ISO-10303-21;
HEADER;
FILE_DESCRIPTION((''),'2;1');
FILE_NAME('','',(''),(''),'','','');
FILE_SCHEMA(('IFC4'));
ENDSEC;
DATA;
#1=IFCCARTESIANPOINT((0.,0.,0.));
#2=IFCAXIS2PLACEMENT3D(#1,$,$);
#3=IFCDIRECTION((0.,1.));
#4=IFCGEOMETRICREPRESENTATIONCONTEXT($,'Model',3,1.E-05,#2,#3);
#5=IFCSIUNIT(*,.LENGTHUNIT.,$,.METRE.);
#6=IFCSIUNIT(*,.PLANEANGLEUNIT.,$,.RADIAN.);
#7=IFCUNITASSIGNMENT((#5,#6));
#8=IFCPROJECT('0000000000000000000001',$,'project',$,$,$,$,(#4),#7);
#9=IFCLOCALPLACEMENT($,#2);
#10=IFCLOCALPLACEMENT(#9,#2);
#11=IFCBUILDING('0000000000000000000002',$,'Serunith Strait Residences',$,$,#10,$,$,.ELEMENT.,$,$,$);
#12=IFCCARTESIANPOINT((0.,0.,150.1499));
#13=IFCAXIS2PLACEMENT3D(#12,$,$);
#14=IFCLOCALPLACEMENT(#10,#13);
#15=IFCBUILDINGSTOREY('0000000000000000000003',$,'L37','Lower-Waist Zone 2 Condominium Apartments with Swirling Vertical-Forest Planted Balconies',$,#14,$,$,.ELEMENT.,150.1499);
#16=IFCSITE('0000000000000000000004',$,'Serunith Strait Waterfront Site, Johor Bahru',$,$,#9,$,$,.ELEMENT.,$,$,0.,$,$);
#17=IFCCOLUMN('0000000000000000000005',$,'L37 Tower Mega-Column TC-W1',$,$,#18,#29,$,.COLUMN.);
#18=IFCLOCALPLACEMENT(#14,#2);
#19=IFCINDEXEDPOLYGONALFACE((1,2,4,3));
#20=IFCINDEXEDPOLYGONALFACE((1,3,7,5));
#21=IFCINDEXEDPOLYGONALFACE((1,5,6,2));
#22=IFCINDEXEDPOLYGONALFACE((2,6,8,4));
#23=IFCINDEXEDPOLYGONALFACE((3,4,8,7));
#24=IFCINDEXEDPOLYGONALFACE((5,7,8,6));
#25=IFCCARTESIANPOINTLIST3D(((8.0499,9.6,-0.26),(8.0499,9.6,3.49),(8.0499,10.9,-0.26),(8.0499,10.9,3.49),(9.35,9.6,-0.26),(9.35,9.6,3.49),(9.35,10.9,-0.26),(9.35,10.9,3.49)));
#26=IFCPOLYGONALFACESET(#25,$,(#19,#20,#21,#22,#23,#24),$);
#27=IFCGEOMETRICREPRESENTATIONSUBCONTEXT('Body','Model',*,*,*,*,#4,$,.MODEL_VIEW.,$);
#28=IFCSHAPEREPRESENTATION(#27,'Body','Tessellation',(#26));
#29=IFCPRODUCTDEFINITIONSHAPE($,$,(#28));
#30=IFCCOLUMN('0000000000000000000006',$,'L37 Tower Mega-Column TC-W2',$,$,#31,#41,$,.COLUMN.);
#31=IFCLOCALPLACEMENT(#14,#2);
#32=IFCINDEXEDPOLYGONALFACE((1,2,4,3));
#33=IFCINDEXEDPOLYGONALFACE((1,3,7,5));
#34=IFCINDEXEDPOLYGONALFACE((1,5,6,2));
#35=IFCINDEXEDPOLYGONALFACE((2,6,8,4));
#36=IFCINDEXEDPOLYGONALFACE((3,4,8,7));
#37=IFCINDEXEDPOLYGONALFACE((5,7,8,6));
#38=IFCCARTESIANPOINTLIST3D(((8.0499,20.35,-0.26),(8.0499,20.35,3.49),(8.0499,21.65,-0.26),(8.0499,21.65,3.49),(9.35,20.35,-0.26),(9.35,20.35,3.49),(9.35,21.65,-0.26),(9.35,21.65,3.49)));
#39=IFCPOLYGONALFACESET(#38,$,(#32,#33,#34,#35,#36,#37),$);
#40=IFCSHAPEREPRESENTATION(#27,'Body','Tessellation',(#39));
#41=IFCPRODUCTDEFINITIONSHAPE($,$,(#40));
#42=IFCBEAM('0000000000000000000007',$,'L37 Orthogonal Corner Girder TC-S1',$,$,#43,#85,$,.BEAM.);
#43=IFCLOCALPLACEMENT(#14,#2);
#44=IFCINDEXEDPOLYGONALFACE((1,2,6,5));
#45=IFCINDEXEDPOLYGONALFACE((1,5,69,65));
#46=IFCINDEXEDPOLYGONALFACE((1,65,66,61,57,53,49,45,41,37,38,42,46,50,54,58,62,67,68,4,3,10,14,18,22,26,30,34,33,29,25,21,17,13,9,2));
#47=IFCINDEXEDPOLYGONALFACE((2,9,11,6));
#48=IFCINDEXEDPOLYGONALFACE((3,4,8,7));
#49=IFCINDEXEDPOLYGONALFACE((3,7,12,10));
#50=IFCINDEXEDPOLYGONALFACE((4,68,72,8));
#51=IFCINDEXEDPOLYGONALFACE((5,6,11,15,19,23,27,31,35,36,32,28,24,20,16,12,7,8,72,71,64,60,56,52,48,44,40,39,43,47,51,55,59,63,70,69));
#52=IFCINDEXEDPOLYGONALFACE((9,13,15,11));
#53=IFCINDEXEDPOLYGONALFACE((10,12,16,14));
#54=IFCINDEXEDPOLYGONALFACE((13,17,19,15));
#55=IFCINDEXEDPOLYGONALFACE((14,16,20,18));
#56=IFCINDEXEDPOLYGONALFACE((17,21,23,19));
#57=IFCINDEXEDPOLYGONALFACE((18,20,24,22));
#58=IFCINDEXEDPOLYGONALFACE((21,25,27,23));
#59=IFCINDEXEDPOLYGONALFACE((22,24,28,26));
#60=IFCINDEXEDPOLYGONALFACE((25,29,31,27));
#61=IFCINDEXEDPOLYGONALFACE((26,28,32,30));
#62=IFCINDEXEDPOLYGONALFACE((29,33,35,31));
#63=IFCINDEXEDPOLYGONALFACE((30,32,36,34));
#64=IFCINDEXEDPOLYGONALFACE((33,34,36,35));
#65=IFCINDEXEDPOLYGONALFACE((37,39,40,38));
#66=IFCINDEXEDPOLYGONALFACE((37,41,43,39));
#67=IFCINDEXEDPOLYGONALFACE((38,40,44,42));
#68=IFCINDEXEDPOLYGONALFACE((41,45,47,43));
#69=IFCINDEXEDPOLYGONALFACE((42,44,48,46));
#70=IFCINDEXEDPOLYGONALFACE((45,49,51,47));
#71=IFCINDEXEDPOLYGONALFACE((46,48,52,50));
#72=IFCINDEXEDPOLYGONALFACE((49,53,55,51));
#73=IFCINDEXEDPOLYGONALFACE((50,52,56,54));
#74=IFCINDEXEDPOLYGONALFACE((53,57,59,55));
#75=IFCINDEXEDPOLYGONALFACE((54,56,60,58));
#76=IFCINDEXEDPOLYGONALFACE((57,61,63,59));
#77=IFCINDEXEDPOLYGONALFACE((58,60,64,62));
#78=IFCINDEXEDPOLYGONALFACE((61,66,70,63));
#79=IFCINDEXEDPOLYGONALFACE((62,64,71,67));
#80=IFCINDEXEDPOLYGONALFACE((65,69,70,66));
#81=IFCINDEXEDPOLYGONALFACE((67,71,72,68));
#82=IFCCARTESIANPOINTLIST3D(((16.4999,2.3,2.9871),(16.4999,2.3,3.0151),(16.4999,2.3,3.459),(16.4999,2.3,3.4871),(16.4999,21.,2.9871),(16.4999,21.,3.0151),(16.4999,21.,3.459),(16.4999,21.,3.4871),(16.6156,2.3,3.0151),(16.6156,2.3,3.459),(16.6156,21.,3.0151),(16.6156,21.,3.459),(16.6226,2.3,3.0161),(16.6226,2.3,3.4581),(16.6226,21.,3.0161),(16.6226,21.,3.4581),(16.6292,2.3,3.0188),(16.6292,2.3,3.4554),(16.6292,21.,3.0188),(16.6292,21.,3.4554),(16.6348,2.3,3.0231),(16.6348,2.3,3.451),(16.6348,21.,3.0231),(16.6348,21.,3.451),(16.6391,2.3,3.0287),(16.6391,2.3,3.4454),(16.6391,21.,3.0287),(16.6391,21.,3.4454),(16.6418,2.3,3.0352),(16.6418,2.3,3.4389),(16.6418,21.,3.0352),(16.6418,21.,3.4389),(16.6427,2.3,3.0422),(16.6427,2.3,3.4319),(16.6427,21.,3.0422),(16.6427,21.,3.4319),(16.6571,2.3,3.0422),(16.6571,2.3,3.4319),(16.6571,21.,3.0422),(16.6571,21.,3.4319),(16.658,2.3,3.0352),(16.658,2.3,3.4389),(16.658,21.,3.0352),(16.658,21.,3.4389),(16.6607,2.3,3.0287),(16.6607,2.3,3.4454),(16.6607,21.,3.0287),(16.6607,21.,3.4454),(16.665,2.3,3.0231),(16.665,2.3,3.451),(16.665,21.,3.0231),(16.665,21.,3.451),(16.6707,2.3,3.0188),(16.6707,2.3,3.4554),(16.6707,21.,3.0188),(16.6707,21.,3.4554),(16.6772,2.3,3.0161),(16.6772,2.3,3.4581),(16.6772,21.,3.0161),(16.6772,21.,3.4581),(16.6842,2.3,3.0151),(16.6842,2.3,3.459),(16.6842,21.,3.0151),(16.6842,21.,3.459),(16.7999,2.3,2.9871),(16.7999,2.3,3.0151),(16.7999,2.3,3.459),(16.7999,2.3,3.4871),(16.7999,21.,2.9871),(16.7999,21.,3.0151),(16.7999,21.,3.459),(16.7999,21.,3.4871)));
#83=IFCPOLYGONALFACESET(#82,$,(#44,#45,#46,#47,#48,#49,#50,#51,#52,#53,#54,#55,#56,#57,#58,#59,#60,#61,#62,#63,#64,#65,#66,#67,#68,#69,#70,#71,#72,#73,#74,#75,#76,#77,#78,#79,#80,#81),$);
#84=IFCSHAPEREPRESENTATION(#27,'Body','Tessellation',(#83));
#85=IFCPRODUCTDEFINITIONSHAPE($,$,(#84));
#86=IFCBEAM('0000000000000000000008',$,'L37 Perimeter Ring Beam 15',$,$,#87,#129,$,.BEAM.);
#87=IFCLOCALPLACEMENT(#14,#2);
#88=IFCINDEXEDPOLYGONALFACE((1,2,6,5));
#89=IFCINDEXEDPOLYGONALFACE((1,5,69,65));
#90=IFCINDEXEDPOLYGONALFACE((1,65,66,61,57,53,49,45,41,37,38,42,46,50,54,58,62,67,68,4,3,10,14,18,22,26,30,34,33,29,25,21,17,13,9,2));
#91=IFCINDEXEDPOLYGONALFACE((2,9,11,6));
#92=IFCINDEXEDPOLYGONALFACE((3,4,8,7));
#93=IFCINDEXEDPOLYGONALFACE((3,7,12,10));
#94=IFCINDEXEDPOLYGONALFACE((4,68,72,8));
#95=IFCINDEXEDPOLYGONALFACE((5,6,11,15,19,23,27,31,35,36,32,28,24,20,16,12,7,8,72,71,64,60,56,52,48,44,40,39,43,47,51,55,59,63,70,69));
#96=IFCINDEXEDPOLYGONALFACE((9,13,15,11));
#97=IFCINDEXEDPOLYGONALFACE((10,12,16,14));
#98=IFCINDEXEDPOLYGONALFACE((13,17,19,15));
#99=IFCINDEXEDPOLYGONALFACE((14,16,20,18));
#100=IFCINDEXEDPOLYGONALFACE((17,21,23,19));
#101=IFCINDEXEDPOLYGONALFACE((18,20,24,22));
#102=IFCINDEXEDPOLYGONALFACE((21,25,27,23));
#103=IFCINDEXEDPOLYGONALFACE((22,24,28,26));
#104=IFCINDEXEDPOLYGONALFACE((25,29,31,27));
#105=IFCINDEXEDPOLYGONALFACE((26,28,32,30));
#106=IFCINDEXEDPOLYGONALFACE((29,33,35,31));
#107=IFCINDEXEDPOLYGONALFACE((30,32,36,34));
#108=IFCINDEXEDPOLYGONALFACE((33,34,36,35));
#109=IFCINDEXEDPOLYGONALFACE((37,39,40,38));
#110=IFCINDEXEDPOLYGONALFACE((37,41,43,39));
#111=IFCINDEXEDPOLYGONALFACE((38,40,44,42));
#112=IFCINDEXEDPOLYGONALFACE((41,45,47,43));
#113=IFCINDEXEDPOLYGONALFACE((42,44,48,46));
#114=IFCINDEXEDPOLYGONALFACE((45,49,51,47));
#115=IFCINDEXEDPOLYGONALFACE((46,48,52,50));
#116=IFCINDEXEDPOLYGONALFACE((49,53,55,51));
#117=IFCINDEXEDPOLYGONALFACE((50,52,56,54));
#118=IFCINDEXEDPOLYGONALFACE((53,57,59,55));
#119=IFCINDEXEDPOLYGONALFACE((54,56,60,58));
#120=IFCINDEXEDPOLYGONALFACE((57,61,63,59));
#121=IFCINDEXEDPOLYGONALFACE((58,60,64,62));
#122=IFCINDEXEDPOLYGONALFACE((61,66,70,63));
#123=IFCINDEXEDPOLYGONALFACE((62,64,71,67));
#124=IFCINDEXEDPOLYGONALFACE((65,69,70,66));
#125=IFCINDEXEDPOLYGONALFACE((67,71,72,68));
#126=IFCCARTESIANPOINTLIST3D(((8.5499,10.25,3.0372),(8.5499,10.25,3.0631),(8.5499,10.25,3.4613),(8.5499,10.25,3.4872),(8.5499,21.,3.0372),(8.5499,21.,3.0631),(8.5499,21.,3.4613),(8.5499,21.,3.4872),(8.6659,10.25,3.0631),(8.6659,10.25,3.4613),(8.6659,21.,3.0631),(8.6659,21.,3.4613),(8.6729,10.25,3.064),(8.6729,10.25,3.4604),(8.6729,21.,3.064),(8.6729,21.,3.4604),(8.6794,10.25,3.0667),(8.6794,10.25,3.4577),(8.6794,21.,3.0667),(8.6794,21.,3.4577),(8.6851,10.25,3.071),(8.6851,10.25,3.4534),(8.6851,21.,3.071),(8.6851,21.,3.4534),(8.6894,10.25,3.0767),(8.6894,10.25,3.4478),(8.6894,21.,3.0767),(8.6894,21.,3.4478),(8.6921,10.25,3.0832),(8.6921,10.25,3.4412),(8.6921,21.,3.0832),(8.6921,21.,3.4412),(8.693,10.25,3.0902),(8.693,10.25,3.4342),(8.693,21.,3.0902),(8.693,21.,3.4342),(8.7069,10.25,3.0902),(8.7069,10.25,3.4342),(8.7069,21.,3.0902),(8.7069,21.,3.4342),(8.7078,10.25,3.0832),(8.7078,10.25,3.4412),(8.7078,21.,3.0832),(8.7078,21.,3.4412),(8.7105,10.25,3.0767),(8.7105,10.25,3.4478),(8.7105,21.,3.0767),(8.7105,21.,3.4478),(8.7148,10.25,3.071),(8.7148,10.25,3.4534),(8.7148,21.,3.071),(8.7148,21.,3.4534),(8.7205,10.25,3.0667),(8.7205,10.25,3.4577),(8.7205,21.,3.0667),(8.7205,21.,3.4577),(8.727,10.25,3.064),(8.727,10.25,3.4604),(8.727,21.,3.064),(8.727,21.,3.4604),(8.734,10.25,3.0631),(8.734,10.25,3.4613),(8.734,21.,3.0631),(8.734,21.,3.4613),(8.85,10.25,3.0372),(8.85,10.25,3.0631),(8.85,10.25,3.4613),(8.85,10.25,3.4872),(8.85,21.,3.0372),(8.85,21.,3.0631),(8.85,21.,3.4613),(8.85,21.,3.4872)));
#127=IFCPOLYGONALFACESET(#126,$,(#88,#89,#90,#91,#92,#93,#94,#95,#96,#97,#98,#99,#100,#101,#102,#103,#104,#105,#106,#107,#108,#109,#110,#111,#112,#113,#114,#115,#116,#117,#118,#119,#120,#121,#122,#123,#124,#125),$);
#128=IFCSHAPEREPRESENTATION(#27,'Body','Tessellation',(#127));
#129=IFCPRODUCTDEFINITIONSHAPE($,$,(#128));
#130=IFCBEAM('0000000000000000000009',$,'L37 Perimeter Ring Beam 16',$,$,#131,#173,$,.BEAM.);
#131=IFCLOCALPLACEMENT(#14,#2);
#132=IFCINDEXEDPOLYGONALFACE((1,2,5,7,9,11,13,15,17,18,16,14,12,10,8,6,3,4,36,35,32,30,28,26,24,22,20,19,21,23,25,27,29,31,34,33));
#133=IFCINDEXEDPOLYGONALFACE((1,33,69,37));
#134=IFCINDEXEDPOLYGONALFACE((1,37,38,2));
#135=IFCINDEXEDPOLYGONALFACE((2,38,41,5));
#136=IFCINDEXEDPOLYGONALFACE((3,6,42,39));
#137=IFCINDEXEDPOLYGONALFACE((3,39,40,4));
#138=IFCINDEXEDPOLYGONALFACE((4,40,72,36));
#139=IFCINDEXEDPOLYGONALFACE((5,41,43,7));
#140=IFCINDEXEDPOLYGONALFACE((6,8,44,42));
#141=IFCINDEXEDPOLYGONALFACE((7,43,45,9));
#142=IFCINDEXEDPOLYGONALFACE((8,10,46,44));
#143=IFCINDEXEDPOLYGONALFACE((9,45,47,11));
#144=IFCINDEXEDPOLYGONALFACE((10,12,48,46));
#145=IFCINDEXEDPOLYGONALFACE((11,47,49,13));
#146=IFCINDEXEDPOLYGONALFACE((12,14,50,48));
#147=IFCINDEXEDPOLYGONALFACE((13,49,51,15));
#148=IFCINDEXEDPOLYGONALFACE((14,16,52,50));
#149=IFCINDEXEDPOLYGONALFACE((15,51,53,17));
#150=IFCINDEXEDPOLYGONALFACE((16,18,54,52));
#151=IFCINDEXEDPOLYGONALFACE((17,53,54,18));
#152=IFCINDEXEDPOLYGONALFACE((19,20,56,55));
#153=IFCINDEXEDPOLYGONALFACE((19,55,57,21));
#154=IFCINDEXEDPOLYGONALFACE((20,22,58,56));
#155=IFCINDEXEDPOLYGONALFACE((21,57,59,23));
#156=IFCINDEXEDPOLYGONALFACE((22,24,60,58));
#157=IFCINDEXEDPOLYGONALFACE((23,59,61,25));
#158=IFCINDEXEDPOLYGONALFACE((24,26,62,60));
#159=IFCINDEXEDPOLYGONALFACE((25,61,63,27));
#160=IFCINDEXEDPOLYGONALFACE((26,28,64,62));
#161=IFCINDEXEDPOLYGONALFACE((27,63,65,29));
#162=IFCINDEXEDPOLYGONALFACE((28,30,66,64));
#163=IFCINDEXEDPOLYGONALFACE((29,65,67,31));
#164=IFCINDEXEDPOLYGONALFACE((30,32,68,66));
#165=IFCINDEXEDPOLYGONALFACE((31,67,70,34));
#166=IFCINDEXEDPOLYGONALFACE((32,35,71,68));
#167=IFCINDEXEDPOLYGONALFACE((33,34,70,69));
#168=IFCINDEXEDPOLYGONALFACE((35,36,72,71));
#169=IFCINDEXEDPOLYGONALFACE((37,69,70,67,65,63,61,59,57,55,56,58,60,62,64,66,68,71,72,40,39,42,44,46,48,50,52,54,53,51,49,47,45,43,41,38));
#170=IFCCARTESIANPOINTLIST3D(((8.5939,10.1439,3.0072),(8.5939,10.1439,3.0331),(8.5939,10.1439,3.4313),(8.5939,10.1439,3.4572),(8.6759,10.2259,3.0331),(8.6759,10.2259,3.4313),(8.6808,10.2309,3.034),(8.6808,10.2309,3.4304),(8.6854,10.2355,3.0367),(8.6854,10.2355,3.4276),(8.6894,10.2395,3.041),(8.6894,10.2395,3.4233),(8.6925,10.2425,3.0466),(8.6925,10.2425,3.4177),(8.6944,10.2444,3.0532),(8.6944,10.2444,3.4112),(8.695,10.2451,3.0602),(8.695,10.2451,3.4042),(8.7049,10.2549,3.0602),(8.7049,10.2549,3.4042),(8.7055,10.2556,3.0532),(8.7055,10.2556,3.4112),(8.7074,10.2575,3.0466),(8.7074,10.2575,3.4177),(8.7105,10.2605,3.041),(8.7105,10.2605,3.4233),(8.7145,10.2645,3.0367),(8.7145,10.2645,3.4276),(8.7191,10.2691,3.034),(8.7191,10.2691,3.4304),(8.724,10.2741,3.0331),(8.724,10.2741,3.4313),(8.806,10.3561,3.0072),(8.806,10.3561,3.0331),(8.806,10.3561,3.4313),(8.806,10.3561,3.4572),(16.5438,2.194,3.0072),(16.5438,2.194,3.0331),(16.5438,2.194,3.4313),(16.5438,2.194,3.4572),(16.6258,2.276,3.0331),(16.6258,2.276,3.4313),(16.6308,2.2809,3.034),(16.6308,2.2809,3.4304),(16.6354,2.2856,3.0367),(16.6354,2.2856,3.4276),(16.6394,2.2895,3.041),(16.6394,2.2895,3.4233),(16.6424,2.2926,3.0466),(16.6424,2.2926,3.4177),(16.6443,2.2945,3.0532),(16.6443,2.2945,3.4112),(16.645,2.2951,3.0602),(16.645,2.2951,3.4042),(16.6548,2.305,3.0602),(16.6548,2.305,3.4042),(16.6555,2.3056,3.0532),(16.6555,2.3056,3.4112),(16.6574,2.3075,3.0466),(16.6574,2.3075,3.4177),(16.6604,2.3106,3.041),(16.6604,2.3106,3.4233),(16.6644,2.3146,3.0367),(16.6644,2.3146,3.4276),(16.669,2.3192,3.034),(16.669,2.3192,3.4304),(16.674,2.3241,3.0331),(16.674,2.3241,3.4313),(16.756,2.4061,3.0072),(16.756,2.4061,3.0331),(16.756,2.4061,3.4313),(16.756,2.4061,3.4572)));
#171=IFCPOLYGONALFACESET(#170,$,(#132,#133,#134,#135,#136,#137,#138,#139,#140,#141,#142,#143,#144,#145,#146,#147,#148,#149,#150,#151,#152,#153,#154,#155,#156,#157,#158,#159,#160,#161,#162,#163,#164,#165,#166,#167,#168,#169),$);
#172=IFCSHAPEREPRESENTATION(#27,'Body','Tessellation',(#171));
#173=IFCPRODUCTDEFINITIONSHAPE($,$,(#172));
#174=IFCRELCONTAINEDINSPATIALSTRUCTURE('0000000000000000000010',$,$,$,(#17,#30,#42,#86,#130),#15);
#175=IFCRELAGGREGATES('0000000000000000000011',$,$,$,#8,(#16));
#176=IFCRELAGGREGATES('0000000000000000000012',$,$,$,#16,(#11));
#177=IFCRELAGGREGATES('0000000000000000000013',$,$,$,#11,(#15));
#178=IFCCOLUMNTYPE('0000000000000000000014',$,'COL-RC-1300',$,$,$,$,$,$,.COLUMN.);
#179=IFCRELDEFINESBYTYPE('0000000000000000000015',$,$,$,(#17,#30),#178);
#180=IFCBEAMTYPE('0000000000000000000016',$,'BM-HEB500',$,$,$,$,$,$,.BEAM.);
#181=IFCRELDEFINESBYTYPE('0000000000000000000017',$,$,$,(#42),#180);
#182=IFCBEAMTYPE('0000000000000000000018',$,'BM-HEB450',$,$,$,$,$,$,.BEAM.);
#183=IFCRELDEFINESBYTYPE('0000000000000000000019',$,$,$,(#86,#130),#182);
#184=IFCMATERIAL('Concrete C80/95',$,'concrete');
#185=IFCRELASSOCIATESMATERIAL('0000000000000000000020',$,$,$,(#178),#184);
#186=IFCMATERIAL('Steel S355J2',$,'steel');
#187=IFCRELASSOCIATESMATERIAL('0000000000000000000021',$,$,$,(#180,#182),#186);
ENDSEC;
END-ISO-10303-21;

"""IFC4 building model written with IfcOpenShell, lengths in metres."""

from ifc_helpers import new_model, si_unit, direction, frame, origin, origin_2d, place, context, subcontext, project, spatial, rectangle, i_section, extrude, source, transform, mapped, material, material_profile, profile_set, type_object, element, save


model = new_model("IFC4")

# Units and contexts
model_context = context("Model", 3, precision=1e-05, world=origin(), true_north=direction((0.0, 1.0)))
body_context = subcontext(model_context, "Body", "Model", "MODEL_VIEW")
ifc_project = project(units=[si_unit("LENGTHUNIT", "METRE"), si_unit("PLANEANGLEUNIT", "RADIAN")], contexts=[model_context])

# Site, building, storey
site_placement = place(None, origin())
site = spatial("IfcSite", under=ifc_project, at=site_placement, Name="Serunith Strait Waterfront Site, Johor Bahru", CompositionType="ELEMENT", RefElevation=0.0)
building_placement = place(site_placement, origin())
building = spatial("IfcBuilding", under=site, at=building_placement, Name="Serunith Strait Residences", CompositionType="ELEMENT")
storey_placement = place(building_placement, frame((0.0, 0.0, 150.1499)))
storey = spatial("IfcBuildingStorey", under=building, at=storey_placement, Name="L37", Description="Lower-Waist Zone 2 Condominium Apartments with Swirling Vertical-Forest Planted Balconies", CompositionType="ELEMENT", Elevation=150.1499)

# Columns
ifc_material_1 = material(Name="Concrete C80/95", Category="concrete")
ifc_material_profile_1 = material_profile(ifc_material_1, rectangle(XDim=1.3, YDim=1.3, at=origin_2d()), Name="RC 1300x1300")
ifc_profile_set_1 = profile_set([ifc_material_profile_1], Name="Concrete C80/95")
column_type = type_object("IfcColumnType", Name="COL-RC-1300", PredefinedType="COLUMN", material=ifc_profile_set_1)
shared_shape_1 = source(origin(), body_context, "Body", "SweptSolid", [
    extrude(rectangle(XDim=1.3, YDim=1.3, at=origin_2d()), origin(), (0.0, 0.0, 1.0), 3.75),
])
for number, where, z_axis, x_axis, name in (
    (1, (8.7, 10.25, -0.26), (0.0, 0.0, 1.0), (1.0, 0.0, 0.0), "L37 Tower Mega-Column TC-W1"),
    (2, (8.7, 21.0, -0.26), (0.0, 0.0, 1.0), (1.0, 0.0, 0.0), "L37 Tower Mega-Column TC-W2"),
):
    element("IfcColumn", number, at=place(storey_placement, frame(where, z_axis=z_axis, x_axis=x_axis)), inside=storey, type_object=column_type, Name=name, PredefinedType="COLUMN", context=body_context, shape_type="MappedRepresentation", body=[
        mapped(shared_shape_1, transform((0.0, 0.0, 0.0), scale=1.0)),
    ])

# Beams
ifc_material_2 = material(Name="Steel S355J2", Category="steel")
ifc_material_profile_2 = material_profile(ifc_material_2, i_section(OverallWidth=0.3, OverallDepth=0.5, WebThickness=0.0144, FlangeThickness=0.0281, FilletRadius=0.0271, at=origin_2d()), Name="HEB 500")
ifc_profile_set_2 = profile_set([ifc_material_profile_2], Name="Steel S355J2")
beam_type_1 = type_object("IfcBeamType", Name="BM-HEB500", PredefinedType="BEAM", material=ifc_profile_set_2)
shared_shape_2 = source(origin(), body_context, "Body", "SweptSolid", [
    extrude(i_section(OverallWidth=0.3, OverallDepth=0.5, WebThickness=0.0144, FlangeThickness=0.0281, FilletRadius=0.0271, at=origin_2d()), origin(), (0.0, 0.0, 1.0), 18.7),
])
beam_1_placement = place(storey_placement, frame((16.6499, 21.0, 3.2371), z_axis=(0.0, -1.0, 0.0), x_axis=(1.0, 0.0, 0.0)))
element("IfcBeam", 3, at=beam_1_placement, inside=storey, type_object=beam_type_1, Name="L37 Orthogonal Corner Girder TC-S1", PredefinedType="BEAM", context=body_context, shape_type="MappedRepresentation", body=[
    mapped(shared_shape_2, transform((0.0, 0.0, 0.0), scale=1.0)),
])
ifc_material_profile_3 = material_profile(ifc_material_2, i_section(OverallWidth=0.3, OverallDepth=0.45, WebThickness=0.0139, FlangeThickness=0.0259, FilletRadius=0.0271, at=origin_2d()), Name="HEB 450")
ifc_profile_set_3 = profile_set([ifc_material_profile_3], Name="Steel S355J2")
beam_type_2 = type_object("IfcBeamType", Name="BM-HEB450", PredefinedType="BEAM", material=ifc_profile_set_3)
shared_shape_3 = source(origin(), body_context, "Body", "SweptSolid", [
    extrude(i_section(OverallWidth=0.3, OverallDepth=0.45, WebThickness=0.0139, FlangeThickness=0.0259, FilletRadius=0.0271, at=origin_2d()), origin(), (0.0, 0.0, 1.0), 10.75),
])
beam_2_placement = place(storey_placement, frame((8.7, 21.0, 3.2622), z_axis=(0.0, -1.0, 0.0), x_axis=(1.0, 0.0, 0.0)))
element("IfcBeam", 4, at=beam_2_placement, inside=storey, type_object=beam_type_2, Name="L37 Perimeter Ring Beam 15", PredefinedType="BEAM", context=body_context, shape_type="MappedRepresentation", body=[
    mapped(shared_shape_3, transform((0.0, 0.0, 0.0), scale=1.0)),
])
shared_shape_4 = source(origin(), body_context, "Body", "SweptSolid", [
    extrude(i_section(OverallWidth=0.3, OverallDepth=0.45, WebThickness=0.0139, FlangeThickness=0.0259, FilletRadius=0.0271, at=origin_2d()), origin(), (0.0, 0.0, 1.0), 11.2429),
])
beam_3_placement = place(storey_placement, frame((8.7, 10.25, 3.2322), z_axis=(0.707107, -0.707107, 0.0), x_axis=(0.707107, 0.707107, 0.0)))
element("IfcBeam", 5, at=beam_3_placement, inside=storey, type_object=beam_type_2, Name="L37 Perimeter Ring Beam 16", PredefinedType="BEAM", context=body_context, shape_type="MappedRepresentation", body=[
    mapped(shared_shape_4, transform((0.0, 0.0, 0.0), scale=1.0)),
])

save(model, "model.ifc")
